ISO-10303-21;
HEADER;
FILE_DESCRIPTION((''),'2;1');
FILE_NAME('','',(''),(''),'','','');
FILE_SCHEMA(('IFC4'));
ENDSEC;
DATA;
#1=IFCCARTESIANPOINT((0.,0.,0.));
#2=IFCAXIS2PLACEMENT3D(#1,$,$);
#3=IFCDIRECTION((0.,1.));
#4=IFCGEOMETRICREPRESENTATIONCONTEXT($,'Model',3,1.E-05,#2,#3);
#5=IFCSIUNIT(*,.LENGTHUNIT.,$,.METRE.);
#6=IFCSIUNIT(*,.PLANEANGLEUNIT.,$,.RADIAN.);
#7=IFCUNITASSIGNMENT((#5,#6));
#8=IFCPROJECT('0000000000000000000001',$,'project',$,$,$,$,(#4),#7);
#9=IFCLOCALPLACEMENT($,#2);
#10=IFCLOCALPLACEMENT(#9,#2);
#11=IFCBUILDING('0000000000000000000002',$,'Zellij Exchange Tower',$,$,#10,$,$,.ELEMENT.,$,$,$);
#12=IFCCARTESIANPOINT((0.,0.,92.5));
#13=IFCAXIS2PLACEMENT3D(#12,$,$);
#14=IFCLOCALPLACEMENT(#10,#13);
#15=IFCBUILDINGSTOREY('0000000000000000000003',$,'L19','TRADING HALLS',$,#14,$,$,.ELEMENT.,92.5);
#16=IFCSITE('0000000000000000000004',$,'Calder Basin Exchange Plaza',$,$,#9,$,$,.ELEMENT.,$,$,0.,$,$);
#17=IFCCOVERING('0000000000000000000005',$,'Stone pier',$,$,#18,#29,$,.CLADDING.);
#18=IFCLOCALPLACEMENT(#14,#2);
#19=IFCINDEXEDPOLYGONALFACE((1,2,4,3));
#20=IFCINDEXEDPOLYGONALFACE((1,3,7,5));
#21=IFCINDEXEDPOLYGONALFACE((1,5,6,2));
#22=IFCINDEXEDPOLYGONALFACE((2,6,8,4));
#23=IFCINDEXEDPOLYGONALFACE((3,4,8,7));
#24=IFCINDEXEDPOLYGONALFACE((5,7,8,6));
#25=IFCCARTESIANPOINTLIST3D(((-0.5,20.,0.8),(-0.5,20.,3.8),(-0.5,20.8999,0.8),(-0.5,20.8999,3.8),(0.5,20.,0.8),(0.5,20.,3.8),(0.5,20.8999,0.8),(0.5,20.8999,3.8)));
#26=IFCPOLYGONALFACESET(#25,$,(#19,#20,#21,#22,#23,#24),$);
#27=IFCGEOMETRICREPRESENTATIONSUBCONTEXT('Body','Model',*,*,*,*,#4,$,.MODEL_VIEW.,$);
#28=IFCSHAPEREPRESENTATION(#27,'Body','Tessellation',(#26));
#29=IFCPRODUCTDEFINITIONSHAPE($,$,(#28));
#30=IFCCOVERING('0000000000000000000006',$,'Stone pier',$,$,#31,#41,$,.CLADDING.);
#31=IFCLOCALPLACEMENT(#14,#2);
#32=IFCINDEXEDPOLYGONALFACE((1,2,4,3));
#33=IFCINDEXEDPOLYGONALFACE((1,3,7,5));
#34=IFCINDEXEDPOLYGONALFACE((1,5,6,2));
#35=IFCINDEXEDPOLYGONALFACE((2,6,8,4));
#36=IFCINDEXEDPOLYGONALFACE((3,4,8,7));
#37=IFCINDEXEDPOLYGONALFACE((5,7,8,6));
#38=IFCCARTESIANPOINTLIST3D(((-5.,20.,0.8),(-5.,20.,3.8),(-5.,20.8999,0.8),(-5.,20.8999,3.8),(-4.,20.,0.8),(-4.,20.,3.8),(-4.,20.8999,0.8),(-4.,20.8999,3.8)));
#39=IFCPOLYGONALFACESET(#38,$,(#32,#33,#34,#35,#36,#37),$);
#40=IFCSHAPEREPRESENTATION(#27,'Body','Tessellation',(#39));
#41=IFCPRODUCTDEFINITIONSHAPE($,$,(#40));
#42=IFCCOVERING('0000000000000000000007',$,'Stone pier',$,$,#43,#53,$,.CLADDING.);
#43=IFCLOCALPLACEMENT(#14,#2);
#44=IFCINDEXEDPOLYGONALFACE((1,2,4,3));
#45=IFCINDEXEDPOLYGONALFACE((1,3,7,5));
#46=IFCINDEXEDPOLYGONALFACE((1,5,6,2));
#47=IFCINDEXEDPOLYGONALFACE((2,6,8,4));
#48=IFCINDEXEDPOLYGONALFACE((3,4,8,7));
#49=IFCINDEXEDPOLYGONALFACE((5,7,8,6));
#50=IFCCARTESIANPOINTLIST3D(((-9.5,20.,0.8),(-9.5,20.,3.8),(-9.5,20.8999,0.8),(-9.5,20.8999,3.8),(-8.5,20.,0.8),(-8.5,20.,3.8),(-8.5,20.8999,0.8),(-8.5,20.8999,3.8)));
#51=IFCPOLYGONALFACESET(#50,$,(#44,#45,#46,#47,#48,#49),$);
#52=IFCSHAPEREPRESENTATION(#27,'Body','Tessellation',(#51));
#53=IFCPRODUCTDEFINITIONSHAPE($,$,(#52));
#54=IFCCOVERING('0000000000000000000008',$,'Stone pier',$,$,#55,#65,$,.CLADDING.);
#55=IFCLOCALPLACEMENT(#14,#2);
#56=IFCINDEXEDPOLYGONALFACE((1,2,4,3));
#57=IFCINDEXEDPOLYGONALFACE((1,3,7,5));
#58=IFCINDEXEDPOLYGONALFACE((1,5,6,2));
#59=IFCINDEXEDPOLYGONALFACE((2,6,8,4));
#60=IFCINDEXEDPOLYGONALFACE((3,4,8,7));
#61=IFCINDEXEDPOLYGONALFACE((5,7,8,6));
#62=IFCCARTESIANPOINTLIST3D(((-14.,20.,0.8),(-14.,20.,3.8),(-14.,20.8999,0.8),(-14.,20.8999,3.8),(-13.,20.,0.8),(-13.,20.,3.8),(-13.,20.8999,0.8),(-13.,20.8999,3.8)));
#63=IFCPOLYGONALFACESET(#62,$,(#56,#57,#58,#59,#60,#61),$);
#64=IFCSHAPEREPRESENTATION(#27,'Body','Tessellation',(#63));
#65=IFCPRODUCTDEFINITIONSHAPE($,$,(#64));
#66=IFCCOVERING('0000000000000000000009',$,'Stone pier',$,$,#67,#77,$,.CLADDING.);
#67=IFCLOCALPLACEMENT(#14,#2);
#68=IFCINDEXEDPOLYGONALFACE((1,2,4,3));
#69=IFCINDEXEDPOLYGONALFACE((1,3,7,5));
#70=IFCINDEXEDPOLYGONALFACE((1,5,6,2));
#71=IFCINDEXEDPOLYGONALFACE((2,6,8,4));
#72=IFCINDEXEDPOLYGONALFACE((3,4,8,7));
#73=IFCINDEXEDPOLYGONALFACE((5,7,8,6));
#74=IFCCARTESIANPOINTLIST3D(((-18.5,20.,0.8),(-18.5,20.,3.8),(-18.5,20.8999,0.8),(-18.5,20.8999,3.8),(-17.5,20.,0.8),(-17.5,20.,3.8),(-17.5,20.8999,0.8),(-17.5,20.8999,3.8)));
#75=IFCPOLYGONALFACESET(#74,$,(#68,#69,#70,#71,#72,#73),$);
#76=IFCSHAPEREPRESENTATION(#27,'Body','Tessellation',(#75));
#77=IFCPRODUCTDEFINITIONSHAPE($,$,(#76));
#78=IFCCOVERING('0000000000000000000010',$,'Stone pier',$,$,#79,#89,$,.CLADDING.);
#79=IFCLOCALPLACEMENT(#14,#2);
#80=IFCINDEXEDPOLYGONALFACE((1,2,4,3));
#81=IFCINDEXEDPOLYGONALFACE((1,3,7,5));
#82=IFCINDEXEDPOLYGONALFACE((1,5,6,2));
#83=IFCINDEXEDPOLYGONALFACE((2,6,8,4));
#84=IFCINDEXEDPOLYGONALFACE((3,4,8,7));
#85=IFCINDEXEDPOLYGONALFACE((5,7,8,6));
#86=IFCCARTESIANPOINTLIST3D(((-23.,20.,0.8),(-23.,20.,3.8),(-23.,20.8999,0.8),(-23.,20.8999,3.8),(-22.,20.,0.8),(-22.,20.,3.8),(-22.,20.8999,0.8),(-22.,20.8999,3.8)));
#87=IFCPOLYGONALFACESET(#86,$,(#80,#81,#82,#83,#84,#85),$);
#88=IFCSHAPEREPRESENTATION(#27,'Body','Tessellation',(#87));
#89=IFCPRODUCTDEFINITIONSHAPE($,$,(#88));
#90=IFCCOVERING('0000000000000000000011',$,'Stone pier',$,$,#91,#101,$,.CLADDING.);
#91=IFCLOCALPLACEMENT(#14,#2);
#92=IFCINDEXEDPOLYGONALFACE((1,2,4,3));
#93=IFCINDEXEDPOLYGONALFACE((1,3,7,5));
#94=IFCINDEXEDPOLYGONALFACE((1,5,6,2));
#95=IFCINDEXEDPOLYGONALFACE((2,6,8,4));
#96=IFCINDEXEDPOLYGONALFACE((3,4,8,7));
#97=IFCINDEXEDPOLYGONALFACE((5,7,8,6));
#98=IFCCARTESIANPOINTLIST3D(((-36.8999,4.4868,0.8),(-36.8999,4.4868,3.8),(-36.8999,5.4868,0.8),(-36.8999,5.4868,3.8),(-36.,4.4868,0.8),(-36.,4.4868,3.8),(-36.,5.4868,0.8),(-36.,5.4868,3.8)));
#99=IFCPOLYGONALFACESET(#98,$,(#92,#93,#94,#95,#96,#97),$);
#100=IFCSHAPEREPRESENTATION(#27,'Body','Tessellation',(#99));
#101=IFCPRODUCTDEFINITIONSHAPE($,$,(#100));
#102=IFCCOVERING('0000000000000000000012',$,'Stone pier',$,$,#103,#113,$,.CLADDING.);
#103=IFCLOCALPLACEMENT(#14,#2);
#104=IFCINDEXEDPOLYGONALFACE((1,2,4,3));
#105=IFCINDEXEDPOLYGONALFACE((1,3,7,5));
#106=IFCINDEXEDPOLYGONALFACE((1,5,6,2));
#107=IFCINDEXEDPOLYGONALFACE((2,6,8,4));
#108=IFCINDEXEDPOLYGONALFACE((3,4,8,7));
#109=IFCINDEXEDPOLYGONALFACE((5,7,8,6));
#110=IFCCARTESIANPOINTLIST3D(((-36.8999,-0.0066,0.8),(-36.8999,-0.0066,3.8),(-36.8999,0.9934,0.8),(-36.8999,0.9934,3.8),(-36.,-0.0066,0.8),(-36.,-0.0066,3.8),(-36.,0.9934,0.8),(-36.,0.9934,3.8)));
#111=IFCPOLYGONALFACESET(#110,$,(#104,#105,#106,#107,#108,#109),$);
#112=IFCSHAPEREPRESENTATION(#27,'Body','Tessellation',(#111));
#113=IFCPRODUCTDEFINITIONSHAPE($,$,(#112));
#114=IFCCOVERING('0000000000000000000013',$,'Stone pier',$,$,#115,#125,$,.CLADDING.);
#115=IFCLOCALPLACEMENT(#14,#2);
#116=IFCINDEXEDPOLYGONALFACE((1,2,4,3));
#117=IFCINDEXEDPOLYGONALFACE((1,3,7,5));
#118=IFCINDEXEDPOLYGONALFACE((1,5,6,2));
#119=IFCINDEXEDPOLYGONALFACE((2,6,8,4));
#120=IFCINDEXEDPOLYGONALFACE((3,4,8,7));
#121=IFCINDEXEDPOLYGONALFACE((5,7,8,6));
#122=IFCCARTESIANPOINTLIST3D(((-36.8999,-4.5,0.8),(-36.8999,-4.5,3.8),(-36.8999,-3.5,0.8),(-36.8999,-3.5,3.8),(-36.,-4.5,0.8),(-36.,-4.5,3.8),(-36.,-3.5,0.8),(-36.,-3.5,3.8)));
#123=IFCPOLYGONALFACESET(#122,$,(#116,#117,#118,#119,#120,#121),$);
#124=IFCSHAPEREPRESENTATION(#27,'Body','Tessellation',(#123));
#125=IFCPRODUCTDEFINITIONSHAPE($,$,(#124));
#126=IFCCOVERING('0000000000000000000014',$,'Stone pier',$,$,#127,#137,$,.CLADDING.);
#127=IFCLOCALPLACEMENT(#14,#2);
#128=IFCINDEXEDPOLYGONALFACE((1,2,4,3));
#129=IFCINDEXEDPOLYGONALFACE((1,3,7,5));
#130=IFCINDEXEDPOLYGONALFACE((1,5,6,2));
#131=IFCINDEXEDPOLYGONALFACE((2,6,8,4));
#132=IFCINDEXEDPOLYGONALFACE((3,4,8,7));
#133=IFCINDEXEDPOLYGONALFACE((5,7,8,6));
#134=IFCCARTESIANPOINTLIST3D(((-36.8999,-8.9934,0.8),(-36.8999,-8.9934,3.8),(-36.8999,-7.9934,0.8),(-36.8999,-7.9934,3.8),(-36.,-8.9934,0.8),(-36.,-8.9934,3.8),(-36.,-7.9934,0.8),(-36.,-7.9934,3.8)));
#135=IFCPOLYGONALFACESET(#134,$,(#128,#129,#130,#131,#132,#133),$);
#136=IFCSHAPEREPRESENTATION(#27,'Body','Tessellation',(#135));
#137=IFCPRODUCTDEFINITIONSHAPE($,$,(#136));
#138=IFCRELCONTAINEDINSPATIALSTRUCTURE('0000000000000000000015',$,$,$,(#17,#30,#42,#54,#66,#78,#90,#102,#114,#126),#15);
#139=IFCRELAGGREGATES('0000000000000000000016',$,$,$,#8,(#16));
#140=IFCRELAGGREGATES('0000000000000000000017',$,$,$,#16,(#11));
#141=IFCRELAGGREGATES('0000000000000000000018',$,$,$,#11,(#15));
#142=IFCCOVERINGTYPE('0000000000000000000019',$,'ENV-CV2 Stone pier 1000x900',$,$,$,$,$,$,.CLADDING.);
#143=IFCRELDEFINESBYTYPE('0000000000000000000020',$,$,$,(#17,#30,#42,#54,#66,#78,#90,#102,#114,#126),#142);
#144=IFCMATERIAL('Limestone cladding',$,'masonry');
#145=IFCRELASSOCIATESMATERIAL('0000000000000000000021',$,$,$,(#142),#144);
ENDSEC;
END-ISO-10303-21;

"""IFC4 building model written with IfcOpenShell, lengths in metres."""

from ifc_helpers import new_model, si_unit, direction, frame, origin, place, context, subcontext, project, spatial, polyline, outline, extrude, material, type_object, element, save


model = new_model("IFC4")

# Units and contexts
model_context = context("Model", 3, precision=1e-05, world=origin(), true_north=direction((0.0, 1.0)))
body_context = subcontext(model_context, "Body", "Model", "MODEL_VIEW")
ifc_project = project(units=[si_unit("LENGTHUNIT", "METRE"), si_unit("PLANEANGLEUNIT", "RADIAN")], contexts=[model_context])

# Site, building, storey
site_placement = place(None, origin())
site = spatial("IfcSite", under=ifc_project, at=site_placement, Name="Calder Basin Exchange Plaza", CompositionType="ELEMENT", RefElevation=0.0)
building_placement = place(site_placement, origin())
building = spatial("IfcBuilding", under=site, at=building_placement, Name="Zellij Exchange Tower", CompositionType="ELEMENT")
storey_placement = place(building_placement, frame((0.0, 0.0, 92.5)))
storey = spatial("IfcBuildingStorey", under=building, at=storey_placement, Name="L19", Description="TRADING HALLS", CompositionType="ELEMENT", Elevation=92.5)

# Coverings
ifc_material_1 = material(Name="Limestone cladding", Category="masonry")
covering_type = type_object("IfcCoveringType", Name="ENV-CV2 Stone pier 1000x900", PredefinedType="CLADDING", material=ifc_material_1)
covering_1_placement = place(storey_placement, frame((0.0, 0.0, 0.8)))
element("IfcCovering", 1, at=covering_1_placement, inside=storey, type_object=covering_type, Name="Stone pier", PredefinedType="CLADDING", context=body_context, shape_type="SweptSolid", body=[
    extrude(outline(polyline([(0.5, 20.0), (-0.5, 20.0), (-0.5, 20.8999), (0.5, 20.8999), (0.5, 20.0)])), origin(), (0.0, 0.0, 1.0), 3.0),
])
covering_2_placement = place(storey_placement, frame((0.0, 0.0, 0.8)))
element("IfcCovering", 2, at=covering_2_placement, inside=storey, type_object=covering_type, Name="Stone pier", PredefinedType="CLADDING", context=body_context, shape_type="SweptSolid", body=[
    extrude(outline(polyline([(-4.0, 20.0), (-5.0, 20.0), (-5.0, 20.8999), (-4.0, 20.8999), (-4.0, 20.0)])), origin(), (0.0, 0.0, 1.0), 3.0),
])
covering_3_placement = place(storey_placement, frame((0.0, 0.0, 0.8)))
element("IfcCovering", 3, at=covering_3_placement, inside=storey, type_object=covering_type, Name="Stone pier", PredefinedType="CLADDING", context=body_context, shape_type="SweptSolid", body=[
    extrude(outline(polyline([(-8.5, 20.0), (-9.5, 20.0), (-9.5, 20.8999), (-8.5, 20.8999), (-8.5, 20.0)])), origin(), (0.0, 0.0, 1.0), 3.0),
])
covering_4_placement = place(storey_placement, frame((0.0, 0.0, 0.8)))
element("IfcCovering", 4, at=covering_4_placement, inside=storey, type_object=covering_type, Name="Stone pier", PredefinedType="CLADDING", context=body_context, shape_type="SweptSolid", body=[
    extrude(outline(polyline([(-13.0, 20.0), (-14.0, 20.0), (-14.0, 20.8999), (-13.0, 20.8999), (-13.0, 20.0)])), origin(), (0.0, 0.0, 1.0), 3.0),
])
covering_5_placement = place(storey_placement, frame((0.0, 0.0, 0.8)))
element("IfcCovering", 5, at=covering_5_placement, inside=storey, type_object=covering_type, Name="Stone pier", PredefinedType="CLADDING", context=body_context, shape_type="SweptSolid", body=[
    extrude(outline(polyline([(-17.5, 20.0), (-18.5, 20.0), (-18.5, 20.8999), (-17.5, 20.8999), (-17.5, 20.0)])), origin(), (0.0, 0.0, 1.0), 3.0),
])
covering_6_placement = place(storey_placement, frame((0.0, 0.0, 0.8)))
element("IfcCovering", 6, at=covering_6_placement, inside=storey, type_object=covering_type, Name="Stone pier", PredefinedType="CLADDING", context=body_context, shape_type="SweptSolid", body=[
    extrude(outline(polyline([(-22.0, 20.0), (-23.0, 20.0), (-23.0, 20.8999), (-22.0, 20.8999), (-22.0, 20.0)])), origin(), (0.0, 0.0, 1.0), 3.0),
])
covering_7_placement = place(storey_placement, frame((0.0, 0.0, 0.8)))
element("IfcCovering", 7, at=covering_7_placement, inside=storey, type_object=covering_type, Name="Stone pier", PredefinedType="CLADDING", context=body_context, shape_type="SweptSolid", body=[
    extrude(outline(polyline([(-36.0, 5.4868), (-36.0, 4.4868), (-36.8999, 4.4868), (-36.8999, 5.4868), (-36.0, 5.4868)])), origin(), (0.0, 0.0, 1.0), 3.0),
])
covering_8_placement = place(storey_placement, frame((0.0, 0.0, 0.8)))
element("IfcCovering", 8, at=covering_8_placement, inside=storey, type_object=covering_type, Name="Stone pier", PredefinedType="CLADDING", context=body_context, shape_type="SweptSolid", body=[
    extrude(outline(polyline([(-36.0, 0.9934), (-36.0, -0.0066), (-36.8999, -0.0066), (-36.8999, 0.9934), (-36.0, 0.9934)])), origin(), (0.0, 0.0, 1.0), 3.0),
])
covering_9_placement = place(storey_placement, frame((0.0, 0.0, 0.8)))
element("IfcCovering", 9, at=covering_9_placement, inside=storey, type_object=covering_type, Name="Stone pier", PredefinedType="CLADDING", context=body_context, shape_type="SweptSolid", body=[
    extrude(outline(polyline([(-36.0, -3.5), (-36.0, -4.5), (-36.8999, -4.5), (-36.8999, -3.5), (-36.0, -3.5)])), origin(), (0.0, 0.0, 1.0), 3.0),
])
covering_10_placement = place(storey_placement, frame((0.0, 0.0, 0.8)))
element("IfcCovering", 10, at=covering_10_placement, inside=storey, type_object=covering_type, Name="Stone pier", PredefinedType="CLADDING", context=body_context, shape_type="SweptSolid", body=[
    extrude(outline(polyline([(-36.0, -7.9934), (-36.0, -8.9934), (-36.8999, -8.9934), (-36.8999, -7.9934), (-36.0, -7.9934)])), origin(), (0.0, 0.0, 1.0), 3.0),
])

save(model, "model.ifc")
